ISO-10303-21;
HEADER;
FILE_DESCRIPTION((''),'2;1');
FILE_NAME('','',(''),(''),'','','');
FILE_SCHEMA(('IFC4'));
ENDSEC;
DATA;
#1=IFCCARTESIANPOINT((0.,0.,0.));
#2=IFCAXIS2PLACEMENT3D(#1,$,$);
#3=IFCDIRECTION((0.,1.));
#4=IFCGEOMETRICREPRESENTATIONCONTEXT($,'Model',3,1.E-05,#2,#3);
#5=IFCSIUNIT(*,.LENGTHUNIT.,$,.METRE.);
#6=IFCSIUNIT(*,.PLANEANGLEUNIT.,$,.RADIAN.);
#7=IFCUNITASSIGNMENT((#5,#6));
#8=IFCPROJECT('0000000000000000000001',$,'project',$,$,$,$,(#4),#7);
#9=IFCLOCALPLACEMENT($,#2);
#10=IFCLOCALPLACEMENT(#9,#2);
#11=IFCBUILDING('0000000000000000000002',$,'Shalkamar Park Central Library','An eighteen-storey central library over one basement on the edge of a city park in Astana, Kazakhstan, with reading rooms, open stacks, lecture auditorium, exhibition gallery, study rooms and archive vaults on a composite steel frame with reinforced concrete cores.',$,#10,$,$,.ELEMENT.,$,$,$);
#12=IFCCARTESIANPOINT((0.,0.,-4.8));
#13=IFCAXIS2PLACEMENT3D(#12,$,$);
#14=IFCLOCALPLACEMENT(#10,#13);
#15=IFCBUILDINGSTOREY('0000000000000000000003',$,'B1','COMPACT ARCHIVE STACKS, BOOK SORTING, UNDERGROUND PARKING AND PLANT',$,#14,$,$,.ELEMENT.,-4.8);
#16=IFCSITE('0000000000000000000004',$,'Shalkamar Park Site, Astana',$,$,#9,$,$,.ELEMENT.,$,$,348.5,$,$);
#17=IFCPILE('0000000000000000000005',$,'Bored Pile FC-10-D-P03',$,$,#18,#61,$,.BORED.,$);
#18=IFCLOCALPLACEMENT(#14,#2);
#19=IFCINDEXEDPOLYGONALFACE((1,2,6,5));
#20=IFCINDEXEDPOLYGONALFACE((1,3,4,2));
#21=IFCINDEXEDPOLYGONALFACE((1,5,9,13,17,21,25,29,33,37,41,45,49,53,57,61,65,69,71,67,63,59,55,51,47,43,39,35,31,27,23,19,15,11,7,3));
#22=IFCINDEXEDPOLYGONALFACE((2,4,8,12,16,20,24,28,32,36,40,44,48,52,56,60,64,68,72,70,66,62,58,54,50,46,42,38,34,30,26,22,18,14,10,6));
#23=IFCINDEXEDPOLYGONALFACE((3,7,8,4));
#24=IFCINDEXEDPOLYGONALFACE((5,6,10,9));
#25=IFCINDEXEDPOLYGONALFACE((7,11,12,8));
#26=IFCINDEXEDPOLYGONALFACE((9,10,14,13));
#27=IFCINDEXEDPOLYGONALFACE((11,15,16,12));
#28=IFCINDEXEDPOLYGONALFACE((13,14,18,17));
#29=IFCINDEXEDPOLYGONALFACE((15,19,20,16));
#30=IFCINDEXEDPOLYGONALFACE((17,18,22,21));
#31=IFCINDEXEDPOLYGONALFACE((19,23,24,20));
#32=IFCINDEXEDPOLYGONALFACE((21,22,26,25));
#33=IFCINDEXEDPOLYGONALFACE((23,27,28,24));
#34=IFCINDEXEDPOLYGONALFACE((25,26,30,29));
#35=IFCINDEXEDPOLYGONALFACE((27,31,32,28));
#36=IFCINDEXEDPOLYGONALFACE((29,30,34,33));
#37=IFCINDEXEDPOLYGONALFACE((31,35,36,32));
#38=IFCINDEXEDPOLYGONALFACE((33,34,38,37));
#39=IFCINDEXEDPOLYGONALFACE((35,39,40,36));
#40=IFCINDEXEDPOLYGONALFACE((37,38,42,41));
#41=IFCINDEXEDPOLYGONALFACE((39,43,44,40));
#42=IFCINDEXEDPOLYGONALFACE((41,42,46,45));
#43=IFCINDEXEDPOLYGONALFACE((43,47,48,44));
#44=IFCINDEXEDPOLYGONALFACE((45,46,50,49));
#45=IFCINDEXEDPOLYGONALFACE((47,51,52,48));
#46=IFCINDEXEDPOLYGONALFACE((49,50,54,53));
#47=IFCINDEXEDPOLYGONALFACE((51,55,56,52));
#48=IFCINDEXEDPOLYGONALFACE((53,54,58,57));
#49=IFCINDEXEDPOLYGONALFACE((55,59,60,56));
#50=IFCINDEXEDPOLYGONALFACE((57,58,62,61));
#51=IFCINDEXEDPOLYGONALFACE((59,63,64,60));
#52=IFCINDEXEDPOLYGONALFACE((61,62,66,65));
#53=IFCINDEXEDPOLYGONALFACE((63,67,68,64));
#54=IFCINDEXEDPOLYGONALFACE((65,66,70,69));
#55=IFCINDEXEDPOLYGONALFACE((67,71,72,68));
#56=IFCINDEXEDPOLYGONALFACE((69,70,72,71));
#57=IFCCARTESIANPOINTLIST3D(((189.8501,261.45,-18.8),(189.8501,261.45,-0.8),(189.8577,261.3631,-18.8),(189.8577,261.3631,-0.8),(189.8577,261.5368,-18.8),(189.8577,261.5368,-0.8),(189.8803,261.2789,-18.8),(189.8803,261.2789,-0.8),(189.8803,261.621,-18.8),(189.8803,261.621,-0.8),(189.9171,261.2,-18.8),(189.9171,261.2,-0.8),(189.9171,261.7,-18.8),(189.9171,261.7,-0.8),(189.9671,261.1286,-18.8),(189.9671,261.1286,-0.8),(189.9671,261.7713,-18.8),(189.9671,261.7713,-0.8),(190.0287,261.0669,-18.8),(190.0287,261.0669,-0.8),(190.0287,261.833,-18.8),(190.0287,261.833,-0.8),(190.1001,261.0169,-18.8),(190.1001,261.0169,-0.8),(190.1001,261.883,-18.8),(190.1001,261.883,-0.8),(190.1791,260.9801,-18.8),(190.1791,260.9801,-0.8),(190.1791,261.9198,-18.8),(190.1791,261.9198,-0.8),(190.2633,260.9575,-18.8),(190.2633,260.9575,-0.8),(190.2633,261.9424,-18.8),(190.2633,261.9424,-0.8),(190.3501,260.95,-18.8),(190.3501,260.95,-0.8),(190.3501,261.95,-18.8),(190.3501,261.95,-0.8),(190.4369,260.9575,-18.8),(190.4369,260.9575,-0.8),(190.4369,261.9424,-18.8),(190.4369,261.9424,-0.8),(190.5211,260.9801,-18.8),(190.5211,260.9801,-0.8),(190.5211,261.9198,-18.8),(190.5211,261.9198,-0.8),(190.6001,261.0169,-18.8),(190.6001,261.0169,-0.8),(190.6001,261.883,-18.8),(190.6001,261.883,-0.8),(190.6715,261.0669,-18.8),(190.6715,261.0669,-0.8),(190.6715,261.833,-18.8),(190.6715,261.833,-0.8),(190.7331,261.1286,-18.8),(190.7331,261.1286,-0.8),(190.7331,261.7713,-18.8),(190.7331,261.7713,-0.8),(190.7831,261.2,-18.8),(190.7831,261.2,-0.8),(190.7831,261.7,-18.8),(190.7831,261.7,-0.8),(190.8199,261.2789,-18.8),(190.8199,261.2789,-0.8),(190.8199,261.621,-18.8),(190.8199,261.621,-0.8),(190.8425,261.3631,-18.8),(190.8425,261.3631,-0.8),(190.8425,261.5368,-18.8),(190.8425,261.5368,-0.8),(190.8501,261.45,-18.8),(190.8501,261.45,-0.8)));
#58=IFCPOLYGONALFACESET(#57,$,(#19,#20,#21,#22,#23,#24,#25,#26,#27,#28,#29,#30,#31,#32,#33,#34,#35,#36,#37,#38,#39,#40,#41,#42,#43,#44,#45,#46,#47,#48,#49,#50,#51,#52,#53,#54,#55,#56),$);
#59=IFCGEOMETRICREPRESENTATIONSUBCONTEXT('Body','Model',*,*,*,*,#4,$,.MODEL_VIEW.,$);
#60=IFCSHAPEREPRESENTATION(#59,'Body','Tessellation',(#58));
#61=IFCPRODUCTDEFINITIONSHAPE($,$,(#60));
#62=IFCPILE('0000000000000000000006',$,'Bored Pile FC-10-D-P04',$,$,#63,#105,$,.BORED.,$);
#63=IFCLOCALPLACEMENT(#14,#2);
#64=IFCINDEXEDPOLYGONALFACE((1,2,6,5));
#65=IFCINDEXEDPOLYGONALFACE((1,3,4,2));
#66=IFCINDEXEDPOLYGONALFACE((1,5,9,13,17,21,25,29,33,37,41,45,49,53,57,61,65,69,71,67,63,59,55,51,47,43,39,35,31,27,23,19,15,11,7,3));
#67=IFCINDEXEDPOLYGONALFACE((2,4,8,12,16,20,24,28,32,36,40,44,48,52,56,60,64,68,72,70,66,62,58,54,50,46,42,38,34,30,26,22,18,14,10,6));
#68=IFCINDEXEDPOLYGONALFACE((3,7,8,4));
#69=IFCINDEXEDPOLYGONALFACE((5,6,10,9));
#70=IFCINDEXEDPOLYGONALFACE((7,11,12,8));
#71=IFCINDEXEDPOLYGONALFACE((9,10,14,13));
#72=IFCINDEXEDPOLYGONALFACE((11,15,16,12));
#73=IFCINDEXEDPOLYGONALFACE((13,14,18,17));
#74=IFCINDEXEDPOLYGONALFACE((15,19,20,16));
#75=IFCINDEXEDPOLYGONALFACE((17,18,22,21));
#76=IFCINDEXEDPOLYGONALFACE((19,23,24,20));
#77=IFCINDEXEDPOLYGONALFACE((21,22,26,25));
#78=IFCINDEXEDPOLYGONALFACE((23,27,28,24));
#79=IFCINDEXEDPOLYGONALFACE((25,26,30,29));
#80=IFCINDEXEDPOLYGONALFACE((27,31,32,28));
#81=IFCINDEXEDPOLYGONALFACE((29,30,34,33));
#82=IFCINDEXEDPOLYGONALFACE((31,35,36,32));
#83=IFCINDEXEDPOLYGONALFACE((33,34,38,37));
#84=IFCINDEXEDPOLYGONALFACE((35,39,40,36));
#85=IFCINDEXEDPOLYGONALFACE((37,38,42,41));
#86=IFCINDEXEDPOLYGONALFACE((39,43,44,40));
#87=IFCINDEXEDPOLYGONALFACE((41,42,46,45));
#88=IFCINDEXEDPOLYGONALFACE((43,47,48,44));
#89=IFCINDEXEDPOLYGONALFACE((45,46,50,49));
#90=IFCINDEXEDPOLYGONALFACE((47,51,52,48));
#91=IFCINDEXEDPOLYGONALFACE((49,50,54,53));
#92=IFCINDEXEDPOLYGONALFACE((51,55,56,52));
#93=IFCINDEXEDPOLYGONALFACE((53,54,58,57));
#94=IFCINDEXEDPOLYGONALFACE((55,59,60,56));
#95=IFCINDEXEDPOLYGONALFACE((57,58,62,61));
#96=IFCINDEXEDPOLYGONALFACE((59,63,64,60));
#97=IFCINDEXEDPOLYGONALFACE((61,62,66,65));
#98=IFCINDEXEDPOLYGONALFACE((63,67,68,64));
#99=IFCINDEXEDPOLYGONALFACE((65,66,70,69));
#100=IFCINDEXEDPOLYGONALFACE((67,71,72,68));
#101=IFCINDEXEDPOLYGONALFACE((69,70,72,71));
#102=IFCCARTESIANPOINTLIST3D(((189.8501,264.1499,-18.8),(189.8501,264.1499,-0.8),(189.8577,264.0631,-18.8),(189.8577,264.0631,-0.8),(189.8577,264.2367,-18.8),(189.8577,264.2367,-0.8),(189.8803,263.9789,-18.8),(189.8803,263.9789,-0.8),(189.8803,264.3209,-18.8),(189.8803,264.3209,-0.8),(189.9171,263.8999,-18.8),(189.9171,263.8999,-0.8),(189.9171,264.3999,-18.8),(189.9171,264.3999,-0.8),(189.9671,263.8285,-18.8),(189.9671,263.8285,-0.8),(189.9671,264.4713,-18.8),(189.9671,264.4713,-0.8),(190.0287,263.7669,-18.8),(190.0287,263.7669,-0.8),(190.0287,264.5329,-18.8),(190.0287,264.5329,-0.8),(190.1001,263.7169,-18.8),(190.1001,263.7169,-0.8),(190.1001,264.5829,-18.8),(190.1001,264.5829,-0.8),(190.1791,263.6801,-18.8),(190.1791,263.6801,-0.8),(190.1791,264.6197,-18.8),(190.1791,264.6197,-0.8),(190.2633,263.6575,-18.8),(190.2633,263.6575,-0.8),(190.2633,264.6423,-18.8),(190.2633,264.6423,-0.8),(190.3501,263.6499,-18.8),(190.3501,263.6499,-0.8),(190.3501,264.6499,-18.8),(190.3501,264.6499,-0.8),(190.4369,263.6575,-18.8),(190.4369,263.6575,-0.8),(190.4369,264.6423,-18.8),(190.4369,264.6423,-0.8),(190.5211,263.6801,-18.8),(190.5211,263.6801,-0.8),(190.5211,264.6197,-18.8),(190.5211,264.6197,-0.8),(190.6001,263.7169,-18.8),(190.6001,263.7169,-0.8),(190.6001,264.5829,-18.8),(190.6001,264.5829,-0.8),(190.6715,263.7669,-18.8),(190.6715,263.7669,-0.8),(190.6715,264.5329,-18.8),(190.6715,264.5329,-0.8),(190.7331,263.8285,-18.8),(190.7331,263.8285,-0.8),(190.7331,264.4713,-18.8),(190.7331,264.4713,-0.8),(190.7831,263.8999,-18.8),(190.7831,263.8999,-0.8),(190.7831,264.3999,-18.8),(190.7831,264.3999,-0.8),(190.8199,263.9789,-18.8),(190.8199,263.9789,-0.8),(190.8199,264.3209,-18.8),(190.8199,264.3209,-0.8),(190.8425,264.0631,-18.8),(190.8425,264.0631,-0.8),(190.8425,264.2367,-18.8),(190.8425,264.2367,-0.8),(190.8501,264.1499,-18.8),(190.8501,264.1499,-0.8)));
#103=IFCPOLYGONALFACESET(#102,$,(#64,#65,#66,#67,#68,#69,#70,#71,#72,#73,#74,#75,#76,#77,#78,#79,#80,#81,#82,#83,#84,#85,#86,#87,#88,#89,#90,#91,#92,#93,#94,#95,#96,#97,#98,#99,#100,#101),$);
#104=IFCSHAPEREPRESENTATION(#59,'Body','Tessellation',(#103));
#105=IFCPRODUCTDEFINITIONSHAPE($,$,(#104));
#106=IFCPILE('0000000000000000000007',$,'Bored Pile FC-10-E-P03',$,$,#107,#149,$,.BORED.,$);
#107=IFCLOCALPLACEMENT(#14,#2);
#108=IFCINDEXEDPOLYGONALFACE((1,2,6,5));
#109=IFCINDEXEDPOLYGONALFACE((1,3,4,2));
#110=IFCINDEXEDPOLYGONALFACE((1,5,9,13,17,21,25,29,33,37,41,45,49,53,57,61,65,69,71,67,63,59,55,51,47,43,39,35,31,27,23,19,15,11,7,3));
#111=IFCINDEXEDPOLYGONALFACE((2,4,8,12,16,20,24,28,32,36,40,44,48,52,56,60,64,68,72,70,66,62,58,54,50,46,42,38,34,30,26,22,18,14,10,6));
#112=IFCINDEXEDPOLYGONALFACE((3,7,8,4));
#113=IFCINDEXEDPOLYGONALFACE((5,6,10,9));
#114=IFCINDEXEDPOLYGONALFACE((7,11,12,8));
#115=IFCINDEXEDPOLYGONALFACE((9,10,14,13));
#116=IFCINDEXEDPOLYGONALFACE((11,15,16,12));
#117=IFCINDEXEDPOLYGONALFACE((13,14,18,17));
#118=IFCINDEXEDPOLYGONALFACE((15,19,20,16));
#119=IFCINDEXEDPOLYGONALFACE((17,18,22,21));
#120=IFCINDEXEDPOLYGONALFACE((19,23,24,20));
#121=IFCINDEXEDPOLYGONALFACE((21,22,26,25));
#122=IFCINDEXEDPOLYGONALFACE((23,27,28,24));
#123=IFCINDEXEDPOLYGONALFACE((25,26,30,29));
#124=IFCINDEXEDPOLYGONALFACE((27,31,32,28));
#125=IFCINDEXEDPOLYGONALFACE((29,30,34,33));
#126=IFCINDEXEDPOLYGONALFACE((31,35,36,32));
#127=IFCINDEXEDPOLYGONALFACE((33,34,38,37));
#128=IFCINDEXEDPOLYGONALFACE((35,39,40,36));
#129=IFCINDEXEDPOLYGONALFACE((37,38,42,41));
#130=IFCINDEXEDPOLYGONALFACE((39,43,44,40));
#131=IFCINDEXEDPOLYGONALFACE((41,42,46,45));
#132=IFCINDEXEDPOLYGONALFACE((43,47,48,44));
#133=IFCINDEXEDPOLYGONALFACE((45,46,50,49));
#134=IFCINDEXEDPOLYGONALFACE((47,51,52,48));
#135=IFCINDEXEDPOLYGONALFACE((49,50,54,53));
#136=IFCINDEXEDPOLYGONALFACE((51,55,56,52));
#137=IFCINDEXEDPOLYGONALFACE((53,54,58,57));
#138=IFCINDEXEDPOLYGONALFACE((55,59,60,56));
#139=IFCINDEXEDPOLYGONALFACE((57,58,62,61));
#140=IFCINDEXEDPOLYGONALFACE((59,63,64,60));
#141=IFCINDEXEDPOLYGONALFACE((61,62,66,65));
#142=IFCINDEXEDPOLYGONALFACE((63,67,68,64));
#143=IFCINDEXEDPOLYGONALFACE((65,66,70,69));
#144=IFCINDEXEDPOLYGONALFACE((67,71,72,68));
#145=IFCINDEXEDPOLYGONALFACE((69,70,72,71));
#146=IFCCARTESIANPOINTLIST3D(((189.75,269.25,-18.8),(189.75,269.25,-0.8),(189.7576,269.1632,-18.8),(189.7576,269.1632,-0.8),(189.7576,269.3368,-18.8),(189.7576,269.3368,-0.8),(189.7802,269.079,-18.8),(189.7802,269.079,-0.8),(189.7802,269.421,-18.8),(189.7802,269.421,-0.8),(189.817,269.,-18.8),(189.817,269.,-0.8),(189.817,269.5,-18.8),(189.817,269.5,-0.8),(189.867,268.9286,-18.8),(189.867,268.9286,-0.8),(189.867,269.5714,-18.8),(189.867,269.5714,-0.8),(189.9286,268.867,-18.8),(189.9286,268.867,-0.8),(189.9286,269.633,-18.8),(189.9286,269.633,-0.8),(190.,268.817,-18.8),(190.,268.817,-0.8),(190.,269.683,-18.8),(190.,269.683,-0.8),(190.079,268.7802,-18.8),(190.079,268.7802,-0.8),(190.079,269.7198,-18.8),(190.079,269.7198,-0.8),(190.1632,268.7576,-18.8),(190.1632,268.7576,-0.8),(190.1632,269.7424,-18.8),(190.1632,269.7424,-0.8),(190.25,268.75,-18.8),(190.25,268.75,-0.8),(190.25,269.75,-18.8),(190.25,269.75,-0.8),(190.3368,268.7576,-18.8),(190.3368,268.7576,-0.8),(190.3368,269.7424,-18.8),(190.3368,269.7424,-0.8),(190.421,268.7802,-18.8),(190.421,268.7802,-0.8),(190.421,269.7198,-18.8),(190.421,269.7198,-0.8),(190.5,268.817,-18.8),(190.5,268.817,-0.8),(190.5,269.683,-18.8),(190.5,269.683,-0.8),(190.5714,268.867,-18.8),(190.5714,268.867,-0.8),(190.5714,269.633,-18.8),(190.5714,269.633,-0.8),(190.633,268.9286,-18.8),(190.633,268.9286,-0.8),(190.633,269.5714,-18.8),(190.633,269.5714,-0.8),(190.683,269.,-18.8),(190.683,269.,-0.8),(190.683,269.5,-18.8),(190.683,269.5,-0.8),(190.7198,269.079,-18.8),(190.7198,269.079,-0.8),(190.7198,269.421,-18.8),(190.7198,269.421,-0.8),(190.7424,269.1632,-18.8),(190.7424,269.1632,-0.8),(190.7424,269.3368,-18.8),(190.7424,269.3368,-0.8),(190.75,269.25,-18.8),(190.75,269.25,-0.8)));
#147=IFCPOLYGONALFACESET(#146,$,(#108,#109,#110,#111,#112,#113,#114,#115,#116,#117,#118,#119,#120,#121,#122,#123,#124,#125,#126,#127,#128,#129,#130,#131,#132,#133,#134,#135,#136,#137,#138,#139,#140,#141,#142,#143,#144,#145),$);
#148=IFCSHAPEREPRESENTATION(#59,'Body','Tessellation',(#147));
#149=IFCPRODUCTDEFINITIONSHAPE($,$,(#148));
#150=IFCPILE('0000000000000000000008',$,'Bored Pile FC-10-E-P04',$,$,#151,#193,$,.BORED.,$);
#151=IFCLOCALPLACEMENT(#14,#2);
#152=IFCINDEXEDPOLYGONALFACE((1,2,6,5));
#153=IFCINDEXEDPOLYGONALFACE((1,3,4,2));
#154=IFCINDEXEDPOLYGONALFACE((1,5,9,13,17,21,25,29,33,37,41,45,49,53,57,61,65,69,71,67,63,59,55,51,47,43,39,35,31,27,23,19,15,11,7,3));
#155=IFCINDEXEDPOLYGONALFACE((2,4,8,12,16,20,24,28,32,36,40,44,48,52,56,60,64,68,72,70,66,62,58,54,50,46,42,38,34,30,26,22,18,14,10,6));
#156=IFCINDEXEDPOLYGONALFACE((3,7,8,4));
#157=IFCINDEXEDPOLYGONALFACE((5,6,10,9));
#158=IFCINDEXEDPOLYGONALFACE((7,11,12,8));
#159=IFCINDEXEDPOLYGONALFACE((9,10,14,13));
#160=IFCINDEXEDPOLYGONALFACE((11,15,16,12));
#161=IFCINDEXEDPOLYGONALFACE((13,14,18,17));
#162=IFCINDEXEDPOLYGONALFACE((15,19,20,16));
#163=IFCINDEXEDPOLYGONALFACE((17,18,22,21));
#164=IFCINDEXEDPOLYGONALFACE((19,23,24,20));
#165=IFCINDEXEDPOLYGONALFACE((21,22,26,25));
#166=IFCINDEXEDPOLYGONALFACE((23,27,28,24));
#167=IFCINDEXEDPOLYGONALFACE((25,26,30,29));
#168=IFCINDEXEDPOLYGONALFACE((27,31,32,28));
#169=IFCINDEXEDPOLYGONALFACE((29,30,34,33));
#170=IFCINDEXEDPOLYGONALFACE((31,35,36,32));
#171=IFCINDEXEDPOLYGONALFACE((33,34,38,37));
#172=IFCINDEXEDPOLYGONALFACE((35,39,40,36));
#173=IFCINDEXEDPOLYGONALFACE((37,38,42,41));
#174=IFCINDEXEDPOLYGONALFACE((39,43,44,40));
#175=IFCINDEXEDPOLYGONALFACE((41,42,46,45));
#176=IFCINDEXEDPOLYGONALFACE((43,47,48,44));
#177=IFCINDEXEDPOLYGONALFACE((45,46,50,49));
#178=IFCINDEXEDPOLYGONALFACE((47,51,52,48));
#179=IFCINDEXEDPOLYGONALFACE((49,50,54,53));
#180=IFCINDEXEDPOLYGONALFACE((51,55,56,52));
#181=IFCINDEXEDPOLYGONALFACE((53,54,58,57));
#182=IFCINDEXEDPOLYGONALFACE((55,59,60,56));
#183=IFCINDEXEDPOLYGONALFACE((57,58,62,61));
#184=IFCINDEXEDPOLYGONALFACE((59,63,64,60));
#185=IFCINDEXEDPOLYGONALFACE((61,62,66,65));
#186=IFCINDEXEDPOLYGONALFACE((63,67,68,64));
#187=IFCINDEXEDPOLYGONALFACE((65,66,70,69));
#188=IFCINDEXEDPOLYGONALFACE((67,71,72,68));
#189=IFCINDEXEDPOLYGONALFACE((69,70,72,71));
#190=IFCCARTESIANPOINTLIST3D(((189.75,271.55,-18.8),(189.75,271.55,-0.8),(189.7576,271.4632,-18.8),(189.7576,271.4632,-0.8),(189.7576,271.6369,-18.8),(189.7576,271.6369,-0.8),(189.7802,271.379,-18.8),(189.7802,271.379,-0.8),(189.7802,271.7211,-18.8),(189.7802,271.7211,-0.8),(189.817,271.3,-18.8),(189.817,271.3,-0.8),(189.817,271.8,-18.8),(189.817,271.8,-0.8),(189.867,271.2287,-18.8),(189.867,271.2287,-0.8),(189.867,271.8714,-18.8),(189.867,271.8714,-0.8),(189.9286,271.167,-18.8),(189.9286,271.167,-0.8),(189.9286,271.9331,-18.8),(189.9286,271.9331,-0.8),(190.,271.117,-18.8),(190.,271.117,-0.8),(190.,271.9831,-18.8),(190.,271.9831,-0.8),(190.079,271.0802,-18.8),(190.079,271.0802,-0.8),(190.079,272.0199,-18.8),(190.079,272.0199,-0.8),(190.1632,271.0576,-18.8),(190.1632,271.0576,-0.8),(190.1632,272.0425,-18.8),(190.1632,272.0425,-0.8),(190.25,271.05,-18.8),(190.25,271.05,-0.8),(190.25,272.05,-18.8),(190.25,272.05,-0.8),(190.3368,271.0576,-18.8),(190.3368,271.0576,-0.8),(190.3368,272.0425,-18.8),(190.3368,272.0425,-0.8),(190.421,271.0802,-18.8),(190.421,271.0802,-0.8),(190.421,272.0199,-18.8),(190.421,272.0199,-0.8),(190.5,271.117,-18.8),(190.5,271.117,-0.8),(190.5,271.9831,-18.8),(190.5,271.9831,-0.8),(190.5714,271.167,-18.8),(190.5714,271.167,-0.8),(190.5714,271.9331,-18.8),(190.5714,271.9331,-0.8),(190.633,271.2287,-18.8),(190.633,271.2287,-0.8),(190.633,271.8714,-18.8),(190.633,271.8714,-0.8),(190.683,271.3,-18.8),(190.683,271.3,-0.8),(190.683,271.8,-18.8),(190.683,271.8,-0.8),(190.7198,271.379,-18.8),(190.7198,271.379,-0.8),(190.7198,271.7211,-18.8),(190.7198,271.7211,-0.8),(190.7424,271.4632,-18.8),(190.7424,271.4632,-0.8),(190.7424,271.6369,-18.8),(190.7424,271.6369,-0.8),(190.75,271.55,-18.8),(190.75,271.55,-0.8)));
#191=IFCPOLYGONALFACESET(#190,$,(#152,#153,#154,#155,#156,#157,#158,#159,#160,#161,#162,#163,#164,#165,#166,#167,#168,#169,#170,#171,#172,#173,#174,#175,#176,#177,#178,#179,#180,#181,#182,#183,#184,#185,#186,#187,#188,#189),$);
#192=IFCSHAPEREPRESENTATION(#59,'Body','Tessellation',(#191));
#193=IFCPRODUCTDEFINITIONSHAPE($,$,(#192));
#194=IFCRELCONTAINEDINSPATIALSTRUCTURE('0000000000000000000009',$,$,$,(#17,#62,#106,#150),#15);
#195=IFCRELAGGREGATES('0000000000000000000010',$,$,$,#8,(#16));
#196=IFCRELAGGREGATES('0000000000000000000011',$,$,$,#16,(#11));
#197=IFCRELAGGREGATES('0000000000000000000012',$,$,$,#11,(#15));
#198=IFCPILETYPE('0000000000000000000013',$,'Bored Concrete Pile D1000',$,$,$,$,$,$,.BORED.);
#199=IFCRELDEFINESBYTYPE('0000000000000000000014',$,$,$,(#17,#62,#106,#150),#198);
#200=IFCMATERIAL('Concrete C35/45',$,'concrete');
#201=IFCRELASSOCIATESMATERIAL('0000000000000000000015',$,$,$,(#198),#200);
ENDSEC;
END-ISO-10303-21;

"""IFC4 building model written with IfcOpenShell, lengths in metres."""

from ifc_helpers import new_model, si_unit, direction, frame, origin, origin_2d, place, context, subcontext, project, spatial, circle, extrude, material, material_profile, profile_set, type_object, element, save


model = new_model("IFC4")

# Units and contexts
model_context = context("Model", 3, precision=1e-05, world=origin(), true_north=direction((0.0, 1.0)))
body_context = subcontext(model_context, "Body", "Model", "MODEL_VIEW")
ifc_project = project(units=[si_unit("LENGTHUNIT", "METRE"), si_unit("PLANEANGLEUNIT", "RADIAN")], contexts=[model_context])

# Site, building, storey
site_placement = place(None, origin())
site = spatial("IfcSite", under=ifc_project, at=site_placement, Name="Shalkamar Park Site, Astana", CompositionType="ELEMENT", RefElevation=348.5)
building_placement = place(site_placement, origin())
building = spatial("IfcBuilding", under=site, at=building_placement, Name="Shalkamar Park Central Library", Description="An eighteen-storey central library over one basement on the edge of a city park in Astana, Kazakhstan, with reading rooms, open stacks, lecture auditorium, exhibition gallery, study rooms and archive vaults on a composite steel frame with reinforced concrete cores.", CompositionType="ELEMENT")
storey_placement = place(building_placement, frame((0.0, 0.0, -4.8)))
storey = spatial("IfcBuildingStorey", under=building, at=storey_placement, Name="B1", Description="COMPACT ARCHIVE STACKS, BOOK SORTING, UNDERGROUND PARKING AND PLANT", CompositionType="ELEMENT", Elevation=-4.8)

# Piles
ifc_material_1 = material(Name="Concrete C35/45", Category="concrete")
ifc_material_profile_1 = material_profile(ifc_material_1, circle(Radius=0.5, at=origin_2d()), Name="PILE D1000")
ifc_profile_set_1 = profile_set([ifc_material_profile_1], Name="Concrete C35/45")
pile_type_1 = type_object("IfcPileType", Name="Bored Concrete Pile D1000", PredefinedType="BORED", material=ifc_profile_set_1)
for number, where, z_axis, x_axis, name in (
    (1, (190.3501, 261.45, -0.8), (0.0, 0.0, -1.0), (1.0, 0.0, 0.0), "Bored Pile FC-10-D-P03"),
    (2, (190.3501, 264.1499, -0.8), (0.0, 0.0, -1.0), (1.0, 0.0, 0.0), "Bored Pile FC-10-D-P04"),
    (3, (190.25, 269.25, -0.8), (0.0, 0.0, -1.0), (1.0, 0.0, 0.0), "Bored Pile FC-10-E-P03"),
    (4, (190.25, 271.55, -0.8), (0.0, 0.0, -1.0), (1.0, 0.0, 0.0), "Bored Pile FC-10-E-P04"),
):
    element("IfcPile", number, at=place(storey_placement, frame(where, z_axis=z_axis, x_axis=x_axis)), inside=storey, type_object=pile_type_1, Name=name, PredefinedType="BORED", context=body_context, shape_type="SweptSolid", body=[
        extrude(circle(Radius=0.5, at=origin_2d()), origin(), (0.0, 0.0, 1.0), 18.0),
    ])

save(model, "model.ifc")
